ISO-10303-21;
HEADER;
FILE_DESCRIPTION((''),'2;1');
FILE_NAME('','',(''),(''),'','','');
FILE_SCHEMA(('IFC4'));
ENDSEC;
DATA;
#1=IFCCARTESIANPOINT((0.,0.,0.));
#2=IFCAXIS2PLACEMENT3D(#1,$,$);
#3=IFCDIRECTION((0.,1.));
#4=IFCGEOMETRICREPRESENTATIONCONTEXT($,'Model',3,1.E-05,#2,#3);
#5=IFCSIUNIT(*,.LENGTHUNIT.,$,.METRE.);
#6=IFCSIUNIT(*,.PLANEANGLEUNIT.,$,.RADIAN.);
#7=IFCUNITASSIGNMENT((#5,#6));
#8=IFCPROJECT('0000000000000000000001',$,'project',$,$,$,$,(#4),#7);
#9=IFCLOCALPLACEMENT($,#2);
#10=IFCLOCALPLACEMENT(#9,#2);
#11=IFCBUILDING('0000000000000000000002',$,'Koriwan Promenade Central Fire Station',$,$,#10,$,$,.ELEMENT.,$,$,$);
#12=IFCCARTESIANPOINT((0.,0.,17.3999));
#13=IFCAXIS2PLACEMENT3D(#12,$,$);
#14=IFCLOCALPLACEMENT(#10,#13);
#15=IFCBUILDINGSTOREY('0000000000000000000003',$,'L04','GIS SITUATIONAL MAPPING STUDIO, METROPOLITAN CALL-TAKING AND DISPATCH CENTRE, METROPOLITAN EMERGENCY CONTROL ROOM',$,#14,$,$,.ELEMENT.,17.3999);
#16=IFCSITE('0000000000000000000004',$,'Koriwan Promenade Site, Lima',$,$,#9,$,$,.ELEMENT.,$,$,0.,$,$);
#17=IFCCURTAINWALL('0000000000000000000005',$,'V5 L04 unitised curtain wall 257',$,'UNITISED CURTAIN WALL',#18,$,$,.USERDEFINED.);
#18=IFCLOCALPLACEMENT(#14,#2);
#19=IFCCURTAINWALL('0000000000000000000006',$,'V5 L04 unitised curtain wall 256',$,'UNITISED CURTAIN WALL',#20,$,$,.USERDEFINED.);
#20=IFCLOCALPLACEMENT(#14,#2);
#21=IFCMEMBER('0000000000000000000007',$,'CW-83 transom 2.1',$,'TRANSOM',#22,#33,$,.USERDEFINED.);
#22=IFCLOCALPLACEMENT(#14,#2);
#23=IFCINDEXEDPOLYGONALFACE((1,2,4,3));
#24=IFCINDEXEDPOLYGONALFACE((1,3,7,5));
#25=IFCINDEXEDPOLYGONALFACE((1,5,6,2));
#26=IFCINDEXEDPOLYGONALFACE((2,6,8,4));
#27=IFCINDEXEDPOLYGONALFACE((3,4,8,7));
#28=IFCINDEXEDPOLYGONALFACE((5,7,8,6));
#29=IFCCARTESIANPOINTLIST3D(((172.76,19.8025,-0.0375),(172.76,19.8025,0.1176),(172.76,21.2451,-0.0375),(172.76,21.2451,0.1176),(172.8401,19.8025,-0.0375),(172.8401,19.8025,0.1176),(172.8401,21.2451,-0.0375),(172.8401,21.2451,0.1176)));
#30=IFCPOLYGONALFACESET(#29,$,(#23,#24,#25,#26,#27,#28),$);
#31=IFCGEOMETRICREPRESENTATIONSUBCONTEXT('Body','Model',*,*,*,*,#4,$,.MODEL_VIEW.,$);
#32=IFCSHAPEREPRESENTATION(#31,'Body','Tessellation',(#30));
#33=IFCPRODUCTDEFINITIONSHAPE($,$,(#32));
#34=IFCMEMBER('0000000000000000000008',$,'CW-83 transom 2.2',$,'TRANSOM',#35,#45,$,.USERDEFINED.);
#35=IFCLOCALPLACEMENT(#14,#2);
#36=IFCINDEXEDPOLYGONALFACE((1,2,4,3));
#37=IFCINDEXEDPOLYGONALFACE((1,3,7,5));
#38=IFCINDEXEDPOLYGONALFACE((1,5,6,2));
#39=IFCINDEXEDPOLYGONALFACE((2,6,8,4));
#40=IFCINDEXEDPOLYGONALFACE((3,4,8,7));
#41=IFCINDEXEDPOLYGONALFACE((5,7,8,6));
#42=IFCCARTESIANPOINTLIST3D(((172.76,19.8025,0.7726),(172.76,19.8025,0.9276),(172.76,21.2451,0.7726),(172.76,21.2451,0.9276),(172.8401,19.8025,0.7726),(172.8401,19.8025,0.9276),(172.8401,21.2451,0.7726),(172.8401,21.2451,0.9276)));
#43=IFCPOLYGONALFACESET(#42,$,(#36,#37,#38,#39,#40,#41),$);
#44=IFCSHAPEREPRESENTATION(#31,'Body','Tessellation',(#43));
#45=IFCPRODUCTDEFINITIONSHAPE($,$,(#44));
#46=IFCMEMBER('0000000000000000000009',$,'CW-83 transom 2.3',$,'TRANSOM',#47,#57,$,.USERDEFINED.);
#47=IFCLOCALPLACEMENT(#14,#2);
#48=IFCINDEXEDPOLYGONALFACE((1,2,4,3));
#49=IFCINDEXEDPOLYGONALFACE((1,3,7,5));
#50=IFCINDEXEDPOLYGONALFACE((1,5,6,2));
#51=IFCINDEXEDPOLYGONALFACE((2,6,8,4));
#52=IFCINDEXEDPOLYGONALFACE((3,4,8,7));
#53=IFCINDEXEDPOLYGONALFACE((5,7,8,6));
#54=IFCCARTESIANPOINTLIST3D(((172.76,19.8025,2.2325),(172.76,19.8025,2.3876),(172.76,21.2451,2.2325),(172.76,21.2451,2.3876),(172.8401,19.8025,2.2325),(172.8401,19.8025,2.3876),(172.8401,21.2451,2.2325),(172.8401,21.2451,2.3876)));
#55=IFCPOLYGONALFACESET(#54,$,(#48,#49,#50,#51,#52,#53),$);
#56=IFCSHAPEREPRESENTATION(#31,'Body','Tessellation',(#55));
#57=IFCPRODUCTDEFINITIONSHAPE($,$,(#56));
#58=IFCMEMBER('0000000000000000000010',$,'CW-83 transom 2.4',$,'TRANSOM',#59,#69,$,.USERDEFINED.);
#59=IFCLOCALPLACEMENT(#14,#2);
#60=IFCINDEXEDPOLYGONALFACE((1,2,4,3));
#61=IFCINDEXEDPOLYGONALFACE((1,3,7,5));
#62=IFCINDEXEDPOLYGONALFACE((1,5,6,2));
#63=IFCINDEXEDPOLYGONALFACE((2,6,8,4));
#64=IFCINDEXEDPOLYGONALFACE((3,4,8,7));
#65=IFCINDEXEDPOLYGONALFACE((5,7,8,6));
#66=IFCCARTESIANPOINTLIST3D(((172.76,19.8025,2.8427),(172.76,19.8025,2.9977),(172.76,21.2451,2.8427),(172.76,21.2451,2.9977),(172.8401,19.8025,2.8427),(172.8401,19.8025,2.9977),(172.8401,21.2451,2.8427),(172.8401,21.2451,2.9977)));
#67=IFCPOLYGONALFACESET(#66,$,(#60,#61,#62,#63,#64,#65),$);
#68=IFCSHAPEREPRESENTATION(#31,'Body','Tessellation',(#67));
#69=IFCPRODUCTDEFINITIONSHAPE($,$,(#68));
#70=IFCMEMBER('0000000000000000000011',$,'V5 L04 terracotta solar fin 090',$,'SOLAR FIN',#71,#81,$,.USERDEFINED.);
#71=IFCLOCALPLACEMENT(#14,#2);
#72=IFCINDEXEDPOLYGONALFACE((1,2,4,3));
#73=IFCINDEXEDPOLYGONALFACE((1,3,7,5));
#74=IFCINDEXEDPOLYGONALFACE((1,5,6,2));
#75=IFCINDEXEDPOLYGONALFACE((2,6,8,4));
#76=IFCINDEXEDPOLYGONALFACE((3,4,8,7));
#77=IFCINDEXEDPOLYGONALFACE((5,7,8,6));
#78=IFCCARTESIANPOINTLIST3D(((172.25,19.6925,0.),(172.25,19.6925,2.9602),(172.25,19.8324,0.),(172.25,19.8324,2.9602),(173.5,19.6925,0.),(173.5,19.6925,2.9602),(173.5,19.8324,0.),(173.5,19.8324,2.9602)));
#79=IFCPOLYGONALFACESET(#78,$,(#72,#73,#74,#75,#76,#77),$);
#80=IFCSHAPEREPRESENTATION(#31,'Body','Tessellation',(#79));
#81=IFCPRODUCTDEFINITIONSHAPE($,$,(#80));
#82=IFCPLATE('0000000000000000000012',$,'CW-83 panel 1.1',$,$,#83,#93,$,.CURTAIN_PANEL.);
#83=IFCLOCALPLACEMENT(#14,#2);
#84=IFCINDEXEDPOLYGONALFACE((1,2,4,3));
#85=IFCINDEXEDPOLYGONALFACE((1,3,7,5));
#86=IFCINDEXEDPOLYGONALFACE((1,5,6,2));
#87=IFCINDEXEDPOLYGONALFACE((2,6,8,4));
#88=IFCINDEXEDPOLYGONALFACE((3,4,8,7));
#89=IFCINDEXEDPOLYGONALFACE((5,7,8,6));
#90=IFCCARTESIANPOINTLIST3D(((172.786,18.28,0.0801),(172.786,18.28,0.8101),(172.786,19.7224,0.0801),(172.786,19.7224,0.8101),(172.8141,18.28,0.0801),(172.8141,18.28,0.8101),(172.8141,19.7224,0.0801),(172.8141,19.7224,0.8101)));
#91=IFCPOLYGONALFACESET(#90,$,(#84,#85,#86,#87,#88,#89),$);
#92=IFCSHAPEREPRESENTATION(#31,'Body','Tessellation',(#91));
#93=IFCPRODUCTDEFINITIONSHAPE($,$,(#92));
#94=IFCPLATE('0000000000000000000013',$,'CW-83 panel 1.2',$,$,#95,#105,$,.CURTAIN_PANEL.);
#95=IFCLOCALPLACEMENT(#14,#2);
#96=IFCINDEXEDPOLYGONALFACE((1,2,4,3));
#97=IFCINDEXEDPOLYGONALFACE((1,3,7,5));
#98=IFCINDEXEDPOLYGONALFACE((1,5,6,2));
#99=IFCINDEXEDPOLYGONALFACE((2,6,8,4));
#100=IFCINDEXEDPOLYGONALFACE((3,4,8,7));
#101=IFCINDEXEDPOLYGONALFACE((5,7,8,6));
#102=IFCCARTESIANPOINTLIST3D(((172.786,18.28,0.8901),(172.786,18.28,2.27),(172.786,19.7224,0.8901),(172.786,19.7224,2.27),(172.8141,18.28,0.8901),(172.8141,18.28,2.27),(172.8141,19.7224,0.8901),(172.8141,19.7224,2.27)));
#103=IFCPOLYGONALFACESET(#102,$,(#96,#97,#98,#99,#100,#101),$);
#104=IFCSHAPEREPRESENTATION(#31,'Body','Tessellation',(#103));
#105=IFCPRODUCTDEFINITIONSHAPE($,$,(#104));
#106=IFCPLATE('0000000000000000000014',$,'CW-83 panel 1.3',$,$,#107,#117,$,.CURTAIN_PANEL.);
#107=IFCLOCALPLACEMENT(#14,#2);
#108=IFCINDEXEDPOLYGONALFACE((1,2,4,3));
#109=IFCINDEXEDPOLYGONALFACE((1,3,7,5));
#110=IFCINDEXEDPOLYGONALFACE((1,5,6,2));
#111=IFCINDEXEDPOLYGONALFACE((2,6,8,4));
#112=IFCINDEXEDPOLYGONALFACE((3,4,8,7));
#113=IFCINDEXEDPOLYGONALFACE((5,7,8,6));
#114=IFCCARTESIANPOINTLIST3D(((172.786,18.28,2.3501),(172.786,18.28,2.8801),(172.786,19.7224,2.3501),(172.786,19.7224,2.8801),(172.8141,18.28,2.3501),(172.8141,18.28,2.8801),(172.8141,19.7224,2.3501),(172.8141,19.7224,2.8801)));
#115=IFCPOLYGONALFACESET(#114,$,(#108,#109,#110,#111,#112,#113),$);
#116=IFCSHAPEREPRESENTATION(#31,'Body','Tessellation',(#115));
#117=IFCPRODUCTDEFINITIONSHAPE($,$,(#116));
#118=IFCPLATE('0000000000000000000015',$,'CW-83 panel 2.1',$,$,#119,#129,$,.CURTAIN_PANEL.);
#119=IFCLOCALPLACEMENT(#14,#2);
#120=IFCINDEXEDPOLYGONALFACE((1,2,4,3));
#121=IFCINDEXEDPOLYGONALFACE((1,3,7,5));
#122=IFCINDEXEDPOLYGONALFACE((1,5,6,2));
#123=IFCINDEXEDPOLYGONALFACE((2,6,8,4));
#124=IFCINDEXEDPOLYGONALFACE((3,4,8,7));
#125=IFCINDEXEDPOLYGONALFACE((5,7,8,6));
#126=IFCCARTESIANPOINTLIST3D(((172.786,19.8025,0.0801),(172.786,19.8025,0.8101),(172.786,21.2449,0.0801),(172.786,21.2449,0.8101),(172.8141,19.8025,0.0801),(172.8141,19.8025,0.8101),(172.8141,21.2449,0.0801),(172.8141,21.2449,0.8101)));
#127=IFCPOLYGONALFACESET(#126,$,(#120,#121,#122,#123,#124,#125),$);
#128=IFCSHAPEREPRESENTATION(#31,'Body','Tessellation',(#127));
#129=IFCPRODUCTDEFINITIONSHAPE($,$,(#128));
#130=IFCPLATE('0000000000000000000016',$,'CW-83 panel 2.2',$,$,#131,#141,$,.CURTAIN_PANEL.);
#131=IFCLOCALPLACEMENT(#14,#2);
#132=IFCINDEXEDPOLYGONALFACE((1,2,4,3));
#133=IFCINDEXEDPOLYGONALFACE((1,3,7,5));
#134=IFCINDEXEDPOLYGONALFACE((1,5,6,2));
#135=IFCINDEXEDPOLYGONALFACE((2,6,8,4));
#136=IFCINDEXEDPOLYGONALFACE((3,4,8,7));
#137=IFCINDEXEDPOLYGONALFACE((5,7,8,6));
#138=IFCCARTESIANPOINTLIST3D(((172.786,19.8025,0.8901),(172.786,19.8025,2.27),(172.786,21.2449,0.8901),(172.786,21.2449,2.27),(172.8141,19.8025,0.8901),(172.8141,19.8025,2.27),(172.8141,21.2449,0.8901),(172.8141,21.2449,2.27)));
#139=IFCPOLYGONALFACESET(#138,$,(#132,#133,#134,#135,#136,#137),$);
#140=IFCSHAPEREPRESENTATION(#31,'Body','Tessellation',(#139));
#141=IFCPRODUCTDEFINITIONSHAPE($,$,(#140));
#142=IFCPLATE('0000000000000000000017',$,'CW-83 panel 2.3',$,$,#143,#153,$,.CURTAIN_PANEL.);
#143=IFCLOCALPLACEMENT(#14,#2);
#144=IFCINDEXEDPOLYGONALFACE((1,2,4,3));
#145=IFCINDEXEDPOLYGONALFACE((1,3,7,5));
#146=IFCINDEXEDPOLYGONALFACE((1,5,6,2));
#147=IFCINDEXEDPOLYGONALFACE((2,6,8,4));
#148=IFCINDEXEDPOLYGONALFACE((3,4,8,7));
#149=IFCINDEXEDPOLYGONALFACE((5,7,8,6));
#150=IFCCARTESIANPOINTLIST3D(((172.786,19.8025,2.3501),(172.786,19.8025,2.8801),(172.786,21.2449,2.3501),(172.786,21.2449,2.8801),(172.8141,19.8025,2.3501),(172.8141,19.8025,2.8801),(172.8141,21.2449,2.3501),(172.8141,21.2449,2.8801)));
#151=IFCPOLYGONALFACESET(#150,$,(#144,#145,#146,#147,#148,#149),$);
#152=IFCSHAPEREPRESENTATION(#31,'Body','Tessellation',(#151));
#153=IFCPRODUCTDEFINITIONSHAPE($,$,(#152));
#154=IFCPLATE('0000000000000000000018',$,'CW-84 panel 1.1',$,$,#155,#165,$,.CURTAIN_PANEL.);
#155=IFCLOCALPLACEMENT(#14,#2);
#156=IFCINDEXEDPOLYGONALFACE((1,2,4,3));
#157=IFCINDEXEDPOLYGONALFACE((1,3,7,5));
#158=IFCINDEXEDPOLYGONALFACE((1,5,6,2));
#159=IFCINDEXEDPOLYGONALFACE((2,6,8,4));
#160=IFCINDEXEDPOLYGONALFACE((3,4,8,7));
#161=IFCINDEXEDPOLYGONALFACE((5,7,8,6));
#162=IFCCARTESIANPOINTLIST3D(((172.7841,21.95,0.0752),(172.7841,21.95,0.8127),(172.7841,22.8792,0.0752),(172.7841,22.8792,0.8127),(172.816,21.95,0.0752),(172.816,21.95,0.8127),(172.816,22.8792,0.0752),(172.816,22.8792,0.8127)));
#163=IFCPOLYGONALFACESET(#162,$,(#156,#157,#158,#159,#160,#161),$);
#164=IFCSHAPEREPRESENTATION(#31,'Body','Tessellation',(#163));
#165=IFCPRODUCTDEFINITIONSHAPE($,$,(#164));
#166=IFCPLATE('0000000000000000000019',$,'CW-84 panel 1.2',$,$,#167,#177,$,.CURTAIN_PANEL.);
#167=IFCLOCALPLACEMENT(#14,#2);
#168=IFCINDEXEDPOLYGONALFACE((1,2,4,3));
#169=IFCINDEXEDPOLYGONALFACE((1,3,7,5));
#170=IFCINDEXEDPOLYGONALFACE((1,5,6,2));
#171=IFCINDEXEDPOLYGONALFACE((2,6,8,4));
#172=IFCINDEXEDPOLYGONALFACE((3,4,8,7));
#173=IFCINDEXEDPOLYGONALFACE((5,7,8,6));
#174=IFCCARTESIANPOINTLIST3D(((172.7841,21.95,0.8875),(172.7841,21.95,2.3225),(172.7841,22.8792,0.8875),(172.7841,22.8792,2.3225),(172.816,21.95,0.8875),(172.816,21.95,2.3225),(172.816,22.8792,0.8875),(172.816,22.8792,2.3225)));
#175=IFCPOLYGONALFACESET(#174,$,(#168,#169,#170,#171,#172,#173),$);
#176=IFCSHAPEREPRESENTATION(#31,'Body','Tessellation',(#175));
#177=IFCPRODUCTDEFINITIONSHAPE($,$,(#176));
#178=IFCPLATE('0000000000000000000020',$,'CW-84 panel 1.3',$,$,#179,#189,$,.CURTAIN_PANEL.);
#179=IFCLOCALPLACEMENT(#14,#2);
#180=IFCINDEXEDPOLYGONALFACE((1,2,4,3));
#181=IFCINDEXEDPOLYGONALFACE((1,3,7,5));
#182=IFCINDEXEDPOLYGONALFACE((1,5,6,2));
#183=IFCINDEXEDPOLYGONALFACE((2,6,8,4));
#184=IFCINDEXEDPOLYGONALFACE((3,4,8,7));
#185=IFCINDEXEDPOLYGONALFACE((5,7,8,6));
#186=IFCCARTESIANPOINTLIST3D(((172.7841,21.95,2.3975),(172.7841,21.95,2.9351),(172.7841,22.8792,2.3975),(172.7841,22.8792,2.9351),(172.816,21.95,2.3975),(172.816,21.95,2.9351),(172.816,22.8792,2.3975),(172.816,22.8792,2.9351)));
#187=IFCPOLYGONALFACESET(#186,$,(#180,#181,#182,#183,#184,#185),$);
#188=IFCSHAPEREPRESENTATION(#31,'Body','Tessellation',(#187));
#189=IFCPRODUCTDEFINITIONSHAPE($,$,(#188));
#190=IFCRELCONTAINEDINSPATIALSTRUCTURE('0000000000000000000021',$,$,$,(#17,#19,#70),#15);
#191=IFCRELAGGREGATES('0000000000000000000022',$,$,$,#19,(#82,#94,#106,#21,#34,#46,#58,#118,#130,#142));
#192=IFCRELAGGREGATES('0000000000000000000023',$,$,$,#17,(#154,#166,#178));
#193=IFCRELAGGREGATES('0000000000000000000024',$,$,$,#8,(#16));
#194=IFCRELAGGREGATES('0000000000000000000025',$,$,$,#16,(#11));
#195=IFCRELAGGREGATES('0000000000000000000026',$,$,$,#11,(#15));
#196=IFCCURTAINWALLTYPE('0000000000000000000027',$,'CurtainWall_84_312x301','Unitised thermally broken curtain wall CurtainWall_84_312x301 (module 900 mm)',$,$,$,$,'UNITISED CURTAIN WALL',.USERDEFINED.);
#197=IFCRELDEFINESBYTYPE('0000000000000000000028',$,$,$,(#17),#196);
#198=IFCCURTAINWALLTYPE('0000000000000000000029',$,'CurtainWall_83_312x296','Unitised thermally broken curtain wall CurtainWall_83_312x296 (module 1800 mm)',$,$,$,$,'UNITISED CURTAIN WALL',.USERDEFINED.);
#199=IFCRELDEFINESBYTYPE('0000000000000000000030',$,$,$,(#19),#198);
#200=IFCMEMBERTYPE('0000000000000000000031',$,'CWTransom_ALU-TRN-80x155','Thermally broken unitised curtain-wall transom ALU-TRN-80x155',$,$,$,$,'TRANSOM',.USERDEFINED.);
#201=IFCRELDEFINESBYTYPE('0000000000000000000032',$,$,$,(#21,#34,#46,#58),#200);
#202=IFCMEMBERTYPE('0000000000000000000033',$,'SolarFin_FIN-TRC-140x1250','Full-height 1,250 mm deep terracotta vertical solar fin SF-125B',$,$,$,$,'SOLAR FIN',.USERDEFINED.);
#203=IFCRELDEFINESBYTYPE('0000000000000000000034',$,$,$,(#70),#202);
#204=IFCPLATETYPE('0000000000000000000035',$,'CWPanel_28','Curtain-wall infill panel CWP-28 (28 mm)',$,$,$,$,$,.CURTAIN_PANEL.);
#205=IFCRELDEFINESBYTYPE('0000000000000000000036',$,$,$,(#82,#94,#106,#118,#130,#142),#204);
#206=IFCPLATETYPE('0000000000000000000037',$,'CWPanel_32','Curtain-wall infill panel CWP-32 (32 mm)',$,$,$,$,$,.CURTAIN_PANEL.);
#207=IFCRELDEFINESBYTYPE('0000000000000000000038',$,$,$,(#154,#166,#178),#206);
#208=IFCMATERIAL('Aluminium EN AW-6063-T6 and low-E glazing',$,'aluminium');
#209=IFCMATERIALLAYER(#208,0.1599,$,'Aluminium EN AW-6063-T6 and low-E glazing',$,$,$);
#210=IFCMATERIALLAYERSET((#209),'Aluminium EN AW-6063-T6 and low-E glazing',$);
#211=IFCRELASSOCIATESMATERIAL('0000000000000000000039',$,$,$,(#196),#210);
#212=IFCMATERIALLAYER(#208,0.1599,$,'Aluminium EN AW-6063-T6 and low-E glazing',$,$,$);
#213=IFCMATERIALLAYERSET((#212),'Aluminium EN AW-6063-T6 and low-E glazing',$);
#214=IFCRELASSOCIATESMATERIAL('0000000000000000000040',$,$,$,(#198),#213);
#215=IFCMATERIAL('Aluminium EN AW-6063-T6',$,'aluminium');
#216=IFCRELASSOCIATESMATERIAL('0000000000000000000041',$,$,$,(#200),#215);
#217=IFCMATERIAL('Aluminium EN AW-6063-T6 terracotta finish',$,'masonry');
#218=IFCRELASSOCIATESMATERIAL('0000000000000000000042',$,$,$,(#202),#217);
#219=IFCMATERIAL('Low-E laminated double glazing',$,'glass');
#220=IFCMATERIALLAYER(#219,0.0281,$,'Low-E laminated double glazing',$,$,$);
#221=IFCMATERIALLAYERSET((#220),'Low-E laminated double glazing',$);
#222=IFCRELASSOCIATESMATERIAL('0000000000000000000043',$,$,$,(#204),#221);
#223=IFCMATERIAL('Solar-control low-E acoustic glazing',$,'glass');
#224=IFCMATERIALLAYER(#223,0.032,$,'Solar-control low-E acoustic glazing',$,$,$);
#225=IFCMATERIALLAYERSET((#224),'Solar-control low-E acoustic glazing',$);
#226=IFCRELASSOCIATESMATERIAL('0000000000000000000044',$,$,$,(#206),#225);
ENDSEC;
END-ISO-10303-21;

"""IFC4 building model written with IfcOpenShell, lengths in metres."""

from ifc_helpers import new_model, si_unit, direction, frame, origin, origin_2d, place, context, subcontext, project, spatial, rectangle, extrude, material, layer, layer_set, material_profile, profile_set, type_object, element, aggregate, save


model = new_model("IFC4")

# Units and contexts
model_context = context("Model", 3, precision=1e-05, world=origin(), true_north=direction((0.0, 1.0)))
body_context = subcontext(model_context, "Body", "Model", "MODEL_VIEW")
ifc_project = project(units=[si_unit("LENGTHUNIT", "METRE"), si_unit("PLANEANGLEUNIT", "RADIAN")], contexts=[model_context])

# Site, building, storey
site_placement = place(None, origin())
site = spatial("IfcSite", under=ifc_project, at=site_placement, Name="Koriwan Promenade Site, Lima", CompositionType="ELEMENT", RefElevation=0.0)
building_placement = place(site_placement, origin())
building = spatial("IfcBuilding", under=site, at=building_placement, Name="Koriwan Promenade Central Fire Station", CompositionType="ELEMENT")
storey_placement = place(building_placement, frame((0.0, 0.0, 17.3999)))
storey = spatial("IfcBuildingStorey", under=building, at=storey_placement, Name="L04", Description="GIS SITUATIONAL MAPPING STUDIO, METROPOLITAN CALL-TAKING AND DISPATCH CENTRE, METROPOLITAN EMERGENCY CONTROL ROOM", CompositionType="ELEMENT", Elevation=17.3999)

# Curtain walls
ifc_material_1 = material(Name="Aluminium EN AW-6063-T6 and low-E glazing", Category="aluminium")
ifc_layer_1 = layer(ifc_material_1, 0.1599, Name="Aluminium EN AW-6063-T6 and low-E glazing")
ifc_layer_set_1 = layer_set([ifc_layer_1], Name="Aluminium EN AW-6063-T6 and low-E glazing")
curtain_wall_type_1 = type_object("IfcCurtainWallType", Name="CurtainWall_84_312x301", Description="Unitised thermally broken curtain wall CurtainWall_84_312x301 (module 900 mm)", ElementType="UNITISED CURTAIN WALL", PredefinedType="USERDEFINED", material=ifc_layer_set_1)
curtain_wall_1_placement = place(storey_placement, origin())
curtain_wall_1 = element("IfcCurtainWall", 1, at=curtain_wall_1_placement, inside=storey, type_object=curtain_wall_type_1, Name="V5 L04 unitised curtain wall 257", ObjectType="UNITISED CURTAIN WALL", PredefinedType="USERDEFINED")
ifc_material_2 = material(Name="Aluminium EN AW-6063-T6", Category="aluminium")
ifc_layer_2 = layer(ifc_material_1, 0.1599, Name="Aluminium EN AW-6063-T6 and low-E glazing")
ifc_layer_set_2 = layer_set([ifc_layer_2], Name="Aluminium EN AW-6063-T6 and low-E glazing")
curtain_wall_type_2 = type_object("IfcCurtainWallType", Name="CurtainWall_83_312x296", Description="Unitised thermally broken curtain wall CurtainWall_83_312x296 (module 1800 mm)", ElementType="UNITISED CURTAIN WALL", PredefinedType="USERDEFINED", material=ifc_layer_set_2)
curtain_wall_2_placement = place(storey_placement, origin())
curtain_wall_2 = element("IfcCurtainWall", 2, at=curtain_wall_2_placement, inside=storey, type_object=curtain_wall_type_2, Name="V5 L04 unitised curtain wall 256", ObjectType="UNITISED CURTAIN WALL", PredefinedType="USERDEFINED")

# Members
ifc_material_profile_1 = material_profile(ifc_material_2, rectangle(XDim=0.0801, YDim=0.155, at=origin_2d()), Name="ALU-TRN-80x155")
ifc_profile_set_1 = profile_set([ifc_material_profile_1], Name="Aluminium EN AW-6063-T6")
member_type_1 = type_object("IfcMemberType", Name="CWTransom_ALU-TRN-80x155", Description="Thermally broken unitised curtain-wall transom ALU-TRN-80x155", ElementType="TRANSOM", PredefinedType="USERDEFINED", material=ifc_profile_set_1)
member_1_placement = place(storey_placement, frame((172.8, 19.8025, 0.04), z_axis=(0.0, 1.0, 0.0), x_axis=(-1.0, 0.0, 0.0)))
member_1 = element("IfcMember", 3, at=member_1_placement, type_object=member_type_1, Name="CW-83 transom 2.1", ObjectType="TRANSOM", PredefinedType="USERDEFINED", context=body_context, shape_type="SweptSolid", body=[
    extrude(rectangle(XDim=0.0801, YDim=0.155, at=origin_2d()), origin(), (0.0, 0.0, 1.0), 1.4426),
])
member_2_placement = place(storey_placement, frame((172.8, 19.8025, 0.8501), z_axis=(0.0, 1.0, 0.0), x_axis=(-1.0, 0.0, 0.0)))
member_2 = element("IfcMember", 4, at=member_2_placement, type_object=member_type_1, Name="CW-83 transom 2.2", ObjectType="TRANSOM", PredefinedType="USERDEFINED", context=body_context, shape_type="SweptSolid", body=[
    extrude(rectangle(XDim=0.0801, YDim=0.155, at=origin_2d()), origin(), (0.0, 0.0, 1.0), 1.4426),
])
member_3_placement = place(storey_placement, frame((172.8, 19.8025, 2.3101), z_axis=(0.0, 1.0, 0.0), x_axis=(-1.0, 0.0, 0.0)))
member_3 = element("IfcMember", 5, at=member_3_placement, type_object=member_type_1, Name="CW-83 transom 2.3", ObjectType="TRANSOM", PredefinedType="USERDEFINED", context=body_context, shape_type="SweptSolid", body=[
    extrude(rectangle(XDim=0.0801, YDim=0.155, at=origin_2d()), origin(), (0.0, 0.0, 1.0), 1.4426),
])
member_4_placement = place(storey_placement, frame((172.8, 19.8025, 2.9202), z_axis=(0.0, 1.0, 0.0), x_axis=(-1.0, 0.0, 0.0)))
member_4 = element("IfcMember", 6, at=member_4_placement, type_object=member_type_1, Name="CW-83 transom 2.4", ObjectType="TRANSOM", PredefinedType="USERDEFINED", context=body_context, shape_type="SweptSolid", body=[
    extrude(rectangle(XDim=0.0801, YDim=0.155, at=origin_2d()), origin(), (0.0, 0.0, 1.0), 1.4426),
])
ifc_material_3 = material(Name="Aluminium EN AW-6063-T6 terracotta finish", Category="masonry")
ifc_material_profile_2 = material_profile(ifc_material_3, rectangle(XDim=0.1399, YDim=1.25, at=origin_2d()), Name="FIN-TRC-140x1250")
ifc_profile_set_2 = profile_set([ifc_material_profile_2], Name="Aluminium EN AW-6063-T6 terracotta finish")
member_type_2 = type_object("IfcMemberType", Name="SolarFin_FIN-TRC-140x1250", Description="Full-height 1,250 mm deep terracotta vertical solar fin SF-125B", ElementType="SOLAR FIN", PredefinedType="USERDEFINED", material=ifc_profile_set_2)
member_5_placement = place(storey_placement, frame((172.875, 19.7625, 0.0), z_axis=(0.0, 0.0, 1.0), x_axis=(0.0, -1.0, 0.0)))
element("IfcMember", 7, at=member_5_placement, inside=storey, type_object=member_type_2, Name="V5 L04 terracotta solar fin 090", ObjectType="SOLAR FIN", PredefinedType="USERDEFINED", context=body_context, shape_type="SweptSolid", body=[
    extrude(rectangle(XDim=0.1399, YDim=1.25, at=origin_2d()), origin(), (0.0, 0.0, 1.0), 2.9602),
])

# Plates
ifc_material_4 = material(Name="Low-E laminated double glazing", Category="glass")
ifc_layer_3 = layer(ifc_material_4, 0.0281, Name="Low-E laminated double glazing")
ifc_layer_set_3 = layer_set([ifc_layer_3], Name="Low-E laminated double glazing")
plate_type_1 = type_object("IfcPlateType", Name="CWPanel_28", Description="Curtain-wall infill panel CWP-28 (28 mm)", PredefinedType="CURTAIN_PANEL", material=ifc_layer_set_3)
plate_1_placement = place(storey_placement, frame((172.8, 19.0012, 0.0801), z_axis=(0.0, 0.0, 1.0), x_axis=(0.0, 1.0, 0.0)))
plate_1 = element("IfcPlate", 8, at=plate_1_placement, type_object=plate_type_1, Name="CW-83 panel 1.1", PredefinedType="CURTAIN_PANEL", context=body_context, shape_type="SweptSolid", body=[
    extrude(rectangle(XDim=1.4424, YDim=0.0281, at=origin_2d()), origin(), (0.0, 0.0, 1.0), 0.73),
])
plate_2_placement = place(storey_placement, frame((172.8, 19.0012, 0.8901), z_axis=(0.0, 0.0, 1.0), x_axis=(0.0, 1.0, 0.0)))
plate_2 = element("IfcPlate", 9, at=plate_2_placement, type_object=plate_type_1, Name="CW-83 panel 1.2", PredefinedType="CURTAIN_PANEL", context=body_context, shape_type="SweptSolid", body=[
    extrude(rectangle(XDim=1.4424, YDim=0.0281, at=origin_2d()), origin(), (0.0, 0.0, 1.0), 1.3799),
])
plate_3_placement = place(storey_placement, frame((172.8, 19.0012, 2.3501), z_axis=(0.0, 0.0, 1.0), x_axis=(0.0, 1.0, 0.0)))
plate_3 = element("IfcPlate", 10, at=plate_3_placement, type_object=plate_type_1, Name="CW-83 panel 1.3", PredefinedType="CURTAIN_PANEL", context=body_context, shape_type="SweptSolid", body=[
    extrude(rectangle(XDim=1.4424, YDim=0.0281, at=origin_2d()), origin(), (0.0, 0.0, 1.0), 0.53),
])
plate_4_placement = place(storey_placement, frame((172.8, 20.5237, 0.0801), z_axis=(0.0, 0.0, 1.0), x_axis=(0.0, 1.0, 0.0)))
plate_4 = element("IfcPlate", 11, at=plate_4_placement, type_object=plate_type_1, Name="CW-83 panel 2.1", PredefinedType="CURTAIN_PANEL", context=body_context, shape_type="SweptSolid", body=[
    extrude(rectangle(XDim=1.4424, YDim=0.0281, at=origin_2d()), origin(), (0.0, 0.0, 1.0), 0.73),
])
plate_5_placement = place(storey_placement, frame((172.8, 20.5237, 0.8901), z_axis=(0.0, 0.0, 1.0), x_axis=(0.0, 1.0, 0.0)))
plate_5 = element("IfcPlate", 12, at=plate_5_placement, type_object=plate_type_1, Name="CW-83 panel 2.2", PredefinedType="CURTAIN_PANEL", context=body_context, shape_type="SweptSolid", body=[
    extrude(rectangle(XDim=1.4424, YDim=0.0281, at=origin_2d()), origin(), (0.0, 0.0, 1.0), 1.3799),
])
plate_6_placement = place(storey_placement, frame((172.8, 20.5237, 2.3501), z_axis=(0.0, 0.0, 1.0), x_axis=(0.0, 1.0, 0.0)))
plate_6 = element("IfcPlate", 13, at=plate_6_placement, type_object=plate_type_1, Name="CW-83 panel 2.3", PredefinedType="CURTAIN_PANEL", context=body_context, shape_type="SweptSolid", body=[
    extrude(rectangle(XDim=1.4424, YDim=0.0281, at=origin_2d()), origin(), (0.0, 0.0, 1.0), 0.53),
])
aggregate(curtain_wall_2, [plate_1, plate_2, plate_3, member_1, member_2, member_3, member_4, plate_4, plate_5, plate_6])
ifc_material_5 = material(Name="Solar-control low-E acoustic glazing", Category="glass")
ifc_layer_4 = layer(ifc_material_5, 0.032, Name="Solar-control low-E acoustic glazing")
ifc_layer_set_4 = layer_set([ifc_layer_4], Name="Solar-control low-E acoustic glazing")
plate_type_2 = type_object("IfcPlateType", Name="CWPanel_32", Description="Curtain-wall infill panel CWP-32 (32 mm)", PredefinedType="CURTAIN_PANEL", material=ifc_layer_set_4)
plate_7_placement = place(storey_placement, frame((172.8, 22.4146, 0.0752), z_axis=(0.0, 0.0, 1.0), x_axis=(0.0, 1.0, 0.0)))
plate_7 = element("IfcPlate", 14, at=plate_7_placement, type_object=plate_type_2, Name="CW-84 panel 1.1", PredefinedType="CURTAIN_PANEL", context=body_context, shape_type="SweptSolid", body=[
    extrude(rectangle(XDim=0.9292, YDim=0.032, at=origin_2d()), origin(), (0.0, 0.0, 1.0), 0.7375),
])
plate_8_placement = place(storey_placement, frame((172.8, 22.4146, 0.8875), z_axis=(0.0, 0.0, 1.0), x_axis=(0.0, 1.0, 0.0)))
plate_8 = element("IfcPlate", 15, at=plate_8_placement, type_object=plate_type_2, Name="CW-84 panel 1.2", PredefinedType="CURTAIN_PANEL", context=body_context, shape_type="SweptSolid", body=[
    extrude(rectangle(XDim=0.9292, YDim=0.032, at=origin_2d()), origin(), (0.0, 0.0, 1.0), 1.4351),
])
plate_9_placement = place(storey_placement, frame((172.8, 22.4146, 2.3975), z_axis=(0.0, 0.0, 1.0), x_axis=(0.0, 1.0, 0.0)))
plate_9 = element("IfcPlate", 16, at=plate_9_placement, type_object=plate_type_2, Name="CW-84 panel 1.3", PredefinedType="CURTAIN_PANEL", context=body_context, shape_type="SweptSolid", body=[
    extrude(rectangle(XDim=0.9292, YDim=0.032, at=origin_2d()), origin(), (0.0, 0.0, 1.0), 0.5376),
])
aggregate(curtain_wall_1, [plate_7, plate_8, plate_9])

save(model, "model.ifc")
